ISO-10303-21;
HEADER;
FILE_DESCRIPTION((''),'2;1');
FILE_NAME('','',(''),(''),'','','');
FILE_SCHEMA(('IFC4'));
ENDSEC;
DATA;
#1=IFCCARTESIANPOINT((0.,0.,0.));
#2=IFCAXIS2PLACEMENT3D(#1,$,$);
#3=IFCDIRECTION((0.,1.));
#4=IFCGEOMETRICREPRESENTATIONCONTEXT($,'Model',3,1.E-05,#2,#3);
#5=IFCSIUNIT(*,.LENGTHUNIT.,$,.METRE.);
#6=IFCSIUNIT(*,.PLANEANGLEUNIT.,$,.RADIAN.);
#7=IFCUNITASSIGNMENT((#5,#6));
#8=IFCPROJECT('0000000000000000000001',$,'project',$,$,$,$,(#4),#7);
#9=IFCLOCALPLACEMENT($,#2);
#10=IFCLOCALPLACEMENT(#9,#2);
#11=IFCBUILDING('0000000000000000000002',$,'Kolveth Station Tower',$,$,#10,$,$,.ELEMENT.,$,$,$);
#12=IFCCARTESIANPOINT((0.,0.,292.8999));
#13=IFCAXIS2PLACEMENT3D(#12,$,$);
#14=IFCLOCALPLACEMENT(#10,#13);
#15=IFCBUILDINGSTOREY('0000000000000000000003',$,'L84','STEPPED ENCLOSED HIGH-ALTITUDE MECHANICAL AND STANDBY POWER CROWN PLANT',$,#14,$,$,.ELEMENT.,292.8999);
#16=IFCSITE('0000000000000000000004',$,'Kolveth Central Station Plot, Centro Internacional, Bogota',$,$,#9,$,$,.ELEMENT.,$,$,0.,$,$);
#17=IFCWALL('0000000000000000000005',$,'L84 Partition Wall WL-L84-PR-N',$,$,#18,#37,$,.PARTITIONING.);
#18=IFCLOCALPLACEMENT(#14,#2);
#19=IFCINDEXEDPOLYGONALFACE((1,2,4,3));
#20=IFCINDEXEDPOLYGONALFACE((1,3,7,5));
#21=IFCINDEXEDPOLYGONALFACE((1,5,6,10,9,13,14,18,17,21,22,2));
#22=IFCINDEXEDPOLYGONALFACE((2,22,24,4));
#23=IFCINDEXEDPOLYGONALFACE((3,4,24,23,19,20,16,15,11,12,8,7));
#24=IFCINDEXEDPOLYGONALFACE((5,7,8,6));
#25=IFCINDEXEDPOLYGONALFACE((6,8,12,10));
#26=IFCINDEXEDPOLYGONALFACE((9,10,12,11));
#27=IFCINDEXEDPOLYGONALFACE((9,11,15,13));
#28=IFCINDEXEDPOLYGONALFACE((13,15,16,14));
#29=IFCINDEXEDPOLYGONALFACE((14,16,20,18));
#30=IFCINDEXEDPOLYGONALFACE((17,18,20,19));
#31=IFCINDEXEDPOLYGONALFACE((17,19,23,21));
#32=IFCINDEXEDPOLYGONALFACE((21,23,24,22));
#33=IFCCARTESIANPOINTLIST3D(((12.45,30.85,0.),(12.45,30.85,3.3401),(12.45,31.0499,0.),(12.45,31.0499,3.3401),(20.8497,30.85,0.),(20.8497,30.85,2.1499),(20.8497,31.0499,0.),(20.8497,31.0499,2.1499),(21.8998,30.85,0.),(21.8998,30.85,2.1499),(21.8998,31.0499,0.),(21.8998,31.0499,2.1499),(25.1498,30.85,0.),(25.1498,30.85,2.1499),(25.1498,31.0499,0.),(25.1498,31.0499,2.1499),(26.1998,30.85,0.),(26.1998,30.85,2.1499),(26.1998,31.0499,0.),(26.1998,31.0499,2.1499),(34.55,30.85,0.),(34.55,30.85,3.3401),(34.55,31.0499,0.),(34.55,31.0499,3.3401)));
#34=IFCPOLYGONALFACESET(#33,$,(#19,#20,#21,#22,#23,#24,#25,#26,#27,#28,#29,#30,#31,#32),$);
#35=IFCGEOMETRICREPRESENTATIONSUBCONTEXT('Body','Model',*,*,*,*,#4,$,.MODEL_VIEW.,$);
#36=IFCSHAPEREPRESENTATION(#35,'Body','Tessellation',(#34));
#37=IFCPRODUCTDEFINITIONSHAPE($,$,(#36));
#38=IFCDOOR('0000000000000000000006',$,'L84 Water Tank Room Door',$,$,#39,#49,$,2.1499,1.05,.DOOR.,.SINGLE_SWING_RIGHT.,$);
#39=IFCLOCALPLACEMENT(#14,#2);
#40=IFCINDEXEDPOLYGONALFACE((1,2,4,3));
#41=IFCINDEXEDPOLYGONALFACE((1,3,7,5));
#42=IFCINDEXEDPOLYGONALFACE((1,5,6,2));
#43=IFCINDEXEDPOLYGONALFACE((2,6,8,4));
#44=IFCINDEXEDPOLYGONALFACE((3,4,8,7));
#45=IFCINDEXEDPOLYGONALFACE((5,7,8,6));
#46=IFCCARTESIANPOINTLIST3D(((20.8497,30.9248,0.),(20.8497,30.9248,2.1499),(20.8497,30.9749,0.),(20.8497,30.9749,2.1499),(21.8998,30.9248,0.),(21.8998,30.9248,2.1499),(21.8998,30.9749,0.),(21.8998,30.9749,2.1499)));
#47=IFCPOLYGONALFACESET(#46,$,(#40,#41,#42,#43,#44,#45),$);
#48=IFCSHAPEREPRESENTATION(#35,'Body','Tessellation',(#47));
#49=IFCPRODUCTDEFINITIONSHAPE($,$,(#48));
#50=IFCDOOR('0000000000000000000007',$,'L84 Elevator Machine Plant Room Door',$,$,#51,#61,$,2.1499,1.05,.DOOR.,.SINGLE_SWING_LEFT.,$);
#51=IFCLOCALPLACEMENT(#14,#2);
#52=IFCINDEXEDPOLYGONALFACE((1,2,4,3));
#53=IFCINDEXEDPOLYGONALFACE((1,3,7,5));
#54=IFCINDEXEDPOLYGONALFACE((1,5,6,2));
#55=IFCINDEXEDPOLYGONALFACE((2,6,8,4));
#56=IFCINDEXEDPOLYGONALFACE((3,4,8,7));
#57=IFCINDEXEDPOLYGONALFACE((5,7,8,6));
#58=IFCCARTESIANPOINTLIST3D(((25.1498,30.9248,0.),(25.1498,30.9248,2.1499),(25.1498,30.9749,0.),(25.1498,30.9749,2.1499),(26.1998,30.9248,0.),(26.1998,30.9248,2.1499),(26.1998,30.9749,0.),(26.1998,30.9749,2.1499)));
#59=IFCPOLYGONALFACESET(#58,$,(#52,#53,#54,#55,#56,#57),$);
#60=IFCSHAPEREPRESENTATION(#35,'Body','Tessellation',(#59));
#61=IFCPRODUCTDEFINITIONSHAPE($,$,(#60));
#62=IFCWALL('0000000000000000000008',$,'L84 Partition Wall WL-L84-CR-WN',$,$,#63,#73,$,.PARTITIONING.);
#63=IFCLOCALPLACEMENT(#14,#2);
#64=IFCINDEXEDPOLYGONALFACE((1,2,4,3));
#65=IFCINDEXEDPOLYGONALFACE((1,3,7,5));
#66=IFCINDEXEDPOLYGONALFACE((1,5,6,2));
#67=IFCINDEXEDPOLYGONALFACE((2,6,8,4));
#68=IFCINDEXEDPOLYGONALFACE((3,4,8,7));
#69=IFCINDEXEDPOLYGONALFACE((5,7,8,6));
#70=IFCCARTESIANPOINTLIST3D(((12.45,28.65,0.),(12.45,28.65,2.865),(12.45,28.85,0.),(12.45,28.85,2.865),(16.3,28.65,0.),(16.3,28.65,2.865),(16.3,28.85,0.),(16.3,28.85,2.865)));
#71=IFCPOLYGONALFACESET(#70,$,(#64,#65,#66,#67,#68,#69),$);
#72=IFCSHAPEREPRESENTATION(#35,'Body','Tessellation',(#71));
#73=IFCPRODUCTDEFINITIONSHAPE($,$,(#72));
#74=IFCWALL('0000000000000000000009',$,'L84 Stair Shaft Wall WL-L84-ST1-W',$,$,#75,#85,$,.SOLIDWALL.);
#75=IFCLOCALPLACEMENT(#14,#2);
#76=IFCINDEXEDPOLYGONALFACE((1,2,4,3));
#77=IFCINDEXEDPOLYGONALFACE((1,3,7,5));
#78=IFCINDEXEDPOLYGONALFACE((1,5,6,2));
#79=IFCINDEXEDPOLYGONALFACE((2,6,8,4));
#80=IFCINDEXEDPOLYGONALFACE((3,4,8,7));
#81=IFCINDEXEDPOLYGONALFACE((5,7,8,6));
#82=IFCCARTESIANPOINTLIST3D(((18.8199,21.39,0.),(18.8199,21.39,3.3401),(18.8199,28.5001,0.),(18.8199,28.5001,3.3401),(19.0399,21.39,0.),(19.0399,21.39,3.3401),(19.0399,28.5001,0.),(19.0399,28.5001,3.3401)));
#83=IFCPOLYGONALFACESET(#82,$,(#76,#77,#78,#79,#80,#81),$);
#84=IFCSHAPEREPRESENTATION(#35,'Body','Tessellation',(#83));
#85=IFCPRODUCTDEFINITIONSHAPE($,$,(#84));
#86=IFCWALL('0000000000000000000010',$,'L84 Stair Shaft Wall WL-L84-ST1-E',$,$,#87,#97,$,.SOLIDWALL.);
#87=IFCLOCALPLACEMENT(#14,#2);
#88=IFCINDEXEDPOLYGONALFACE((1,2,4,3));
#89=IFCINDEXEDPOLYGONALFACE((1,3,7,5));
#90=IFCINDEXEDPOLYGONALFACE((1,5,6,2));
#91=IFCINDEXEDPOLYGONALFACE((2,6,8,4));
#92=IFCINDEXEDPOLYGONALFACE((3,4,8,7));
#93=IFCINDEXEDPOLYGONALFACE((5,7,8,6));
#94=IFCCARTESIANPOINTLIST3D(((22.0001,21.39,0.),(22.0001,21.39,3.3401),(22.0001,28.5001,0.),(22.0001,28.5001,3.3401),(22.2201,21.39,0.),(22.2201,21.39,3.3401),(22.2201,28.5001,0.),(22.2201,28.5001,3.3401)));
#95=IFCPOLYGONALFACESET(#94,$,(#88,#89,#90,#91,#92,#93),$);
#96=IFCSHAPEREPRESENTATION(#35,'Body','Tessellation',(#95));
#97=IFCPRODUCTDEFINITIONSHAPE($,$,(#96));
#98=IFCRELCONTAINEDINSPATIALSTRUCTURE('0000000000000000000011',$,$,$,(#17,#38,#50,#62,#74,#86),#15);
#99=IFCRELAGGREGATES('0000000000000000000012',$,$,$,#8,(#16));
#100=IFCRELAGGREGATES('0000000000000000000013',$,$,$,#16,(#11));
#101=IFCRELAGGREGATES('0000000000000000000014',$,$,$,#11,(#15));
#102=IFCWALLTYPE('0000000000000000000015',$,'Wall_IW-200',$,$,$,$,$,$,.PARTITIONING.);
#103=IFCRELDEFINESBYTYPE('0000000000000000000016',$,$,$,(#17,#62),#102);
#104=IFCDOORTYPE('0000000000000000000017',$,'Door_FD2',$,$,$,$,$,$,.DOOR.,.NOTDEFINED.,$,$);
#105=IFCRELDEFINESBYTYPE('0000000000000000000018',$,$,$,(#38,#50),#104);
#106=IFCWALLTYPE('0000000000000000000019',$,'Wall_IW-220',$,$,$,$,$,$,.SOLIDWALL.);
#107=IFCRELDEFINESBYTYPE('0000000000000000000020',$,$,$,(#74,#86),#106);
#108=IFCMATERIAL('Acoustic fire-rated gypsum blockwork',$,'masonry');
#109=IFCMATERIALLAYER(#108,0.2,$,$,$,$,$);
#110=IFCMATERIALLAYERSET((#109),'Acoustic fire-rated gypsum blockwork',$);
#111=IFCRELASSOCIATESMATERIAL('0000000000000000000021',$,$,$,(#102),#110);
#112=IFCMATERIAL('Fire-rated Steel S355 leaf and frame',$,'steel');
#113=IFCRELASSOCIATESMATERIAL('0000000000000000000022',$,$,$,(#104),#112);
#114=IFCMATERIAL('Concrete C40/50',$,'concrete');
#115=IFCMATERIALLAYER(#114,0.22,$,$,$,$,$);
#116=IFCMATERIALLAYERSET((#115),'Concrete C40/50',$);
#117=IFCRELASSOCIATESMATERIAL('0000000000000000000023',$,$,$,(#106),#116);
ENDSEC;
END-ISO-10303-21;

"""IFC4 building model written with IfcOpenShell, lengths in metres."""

from ifc_helpers import new_model, si_unit, direction, frame, frame_2d, origin, place, context, subcontext, project, spatial, rectangle, extrude, material, layer, layer_set, type_object, element, fill, save


model = new_model("IFC4")

# Units and contexts
model_context = context("Model", 3, precision=1e-05, world=origin(), true_north=direction((0.0, 1.0)))
body_context = subcontext(model_context, "Body", "Model", "MODEL_VIEW")
ifc_project = project(units=[si_unit("LENGTHUNIT", "METRE"), si_unit("PLANEANGLEUNIT", "RADIAN")], contexts=[model_context])

# Site, building, storey
site_placement = place(None, origin())
site = spatial("IfcSite", under=ifc_project, at=site_placement, Name="Kolveth Central Station Plot, Centro Internacional, Bogota", CompositionType="ELEMENT", RefElevation=0.0)
building_placement = place(site_placement, origin())
building = spatial("IfcBuilding", under=site, at=building_placement, Name="Kolveth Station Tower", CompositionType="ELEMENT")
storey_placement = place(building_placement, frame((0.0, 0.0, 292.8999)))
storey = spatial("IfcBuildingStorey", under=building, at=storey_placement, Name="L84", Description="STEPPED ENCLOSED HIGH-ALTITUDE MECHANICAL AND STANDBY POWER CROWN PLANT", CompositionType="ELEMENT", Elevation=292.8999)

# Wall, openings, doors
ifc_material_1 = material(Name="Acoustic fire-rated gypsum blockwork", Category="masonry")
ifc_layer_1 = layer(ifc_material_1, 0.2)
ifc_layer_set_1 = layer_set([ifc_layer_1], Name="Acoustic fire-rated gypsum blockwork")
wall_type_1 = type_object("IfcWallType", Name="Wall_IW-200", PredefinedType="PARTITIONING", material=ifc_layer_set_1)
wall_1_placement = place(storey_placement, frame((12.45, 30.95, 0.0), z_axis=(0.0, 0.0, 1.0), x_axis=(1.0, 0.0, 0.0)))
wall_1 = element("IfcWall", 1, at=wall_1_placement, inside=storey, type_object=wall_type_1, Name="L84 Partition Wall WL-L84-PR-N", PredefinedType="PARTITIONING", context=body_context, shape_type="SweptSolid", body=[
    extrude(rectangle(XDim=22.1001, YDim=0.2, at=frame_2d((11.05, 0.0))), origin(), (0.0, 0.0, 1.0), 3.3401),
])
opening_1_placement = place(wall_1_placement, frame((8.3999, 0.0, 0.0)))
opening_1 = element("IfcOpeningElement", 2, at=opening_1_placement, cuts=wall_1, PredefinedType="OPENING", context=body_context, shape_type="SweptSolid", body=[
    extrude(rectangle(XDim=1.05, YDim=2.1499, at=frame_2d((0.5249, 1.075))), frame((0.0, 0.1099, 0.0), z_axis=(0.0, -1.0, 0.0), x_axis=(1.0, 0.0, 0.0)), (0.0, 0.0, 1.0), 0.22),
])
opening_2_placement = place(wall_1_placement, frame((12.7, 0.0, 0.0)))
opening_2 = element("IfcOpeningElement", 3, at=opening_2_placement, cuts=wall_1, PredefinedType="OPENING", context=body_context, shape_type="SweptSolid", body=[
    extrude(rectangle(XDim=1.05, YDim=2.1499, at=frame_2d((0.5249, 1.075))), frame((0.0, 0.1099, 0.0), z_axis=(0.0, -1.0, 0.0), x_axis=(1.0, 0.0, 0.0)), (0.0, 0.0, 1.0), 0.22),
])
ifc_material_2 = material(Name="Fire-rated Steel S355 leaf and frame", Category="steel")
door_type_1 = type_object("IfcDoorType", Name="Door_FD2", OperationType="NOTDEFINED", PredefinedType="DOOR", material=ifc_material_2)
door_1_placement = place(opening_1_placement, origin())
door_1 = element("IfcDoor", 4, at=door_1_placement, inside=storey, type_object=door_type_1, Name="L84 Water Tank Room Door", OperationType="SINGLE_SWING_RIGHT", OverallHeight=2.1499, OverallWidth=1.05, PredefinedType="DOOR", context=body_context, shape_type="SweptSolid", body=[
    extrude(rectangle(XDim=1.05, YDim=2.1499, at=frame_2d((0.5249, 1.075))), frame((0.0, 0.0249, 0.0), z_axis=(0.0, -1.0, 0.0), x_axis=(1.0, 0.0, 0.0)), (0.0, 0.0, 1.0), 0.05),
])
fill(opening_1, door_1)
door_2_placement = place(opening_2_placement, origin())
door_2 = element("IfcDoor", 5, at=door_2_placement, inside=storey, type_object=door_type_1, Name="L84 Elevator Machine Plant Room Door", OperationType="SINGLE_SWING_LEFT", OverallHeight=2.1499, OverallWidth=1.05, PredefinedType="DOOR", context=body_context, shape_type="SweptSolid", body=[
    extrude(rectangle(XDim=1.05, YDim=2.1499, at=frame_2d((0.5249, 1.075))), frame((0.0, 0.0249, 0.0), z_axis=(0.0, -1.0, 0.0), x_axis=(1.0, 0.0, 0.0)), (0.0, 0.0, 1.0), 0.05),
])
fill(opening_2, door_2)

# Walls
wall_2_placement = place(storey_placement, frame((12.45, 28.75, 0.0), z_axis=(0.0, 0.0, 1.0), x_axis=(1.0, 0.0, 0.0)))
element("IfcWall", 6, at=wall_2_placement, inside=storey, type_object=wall_type_1, Name="L84 Partition Wall WL-L84-CR-WN", PredefinedType="PARTITIONING", context=body_context, shape_type="SweptSolid", body=[
    extrude(rectangle(XDim=3.8501, YDim=0.2, at=frame_2d((1.925, 0.0))), origin(), (0.0, 0.0, 1.0), 2.865),
])
ifc_material_3 = material(Name="Concrete C40/50", Category="concrete")
ifc_layer_2 = layer(ifc_material_3, 0.22)
ifc_layer_set_2 = layer_set([ifc_layer_2], Name="Concrete C40/50")
wall_type_2 = type_object("IfcWallType", Name="Wall_IW-220", PredefinedType="SOLIDWALL", material=ifc_layer_set_2)
for number, where, z_axis, x_axis, name in (
    (7, (18.9299, 21.3899, 0.0), (0.0, 0.0, 1.0), (0.0, 1.0, 0.0), "L84 Stair Shaft Wall WL-L84-ST1-W"),
    (8, (22.1101, 21.3899, 0.0), (0.0, 0.0, 1.0), (0.0, 1.0, 0.0), "L84 Stair Shaft Wall WL-L84-ST1-E"),
):
    element("IfcWall", number, at=place(storey_placement, frame(where, z_axis=z_axis, x_axis=x_axis)), inside=storey, type_object=wall_type_2, Name=name, PredefinedType="SOLIDWALL", context=body_context, shape_type="SweptSolid", body=[
        extrude(rectangle(XDim=7.1101, YDim=0.22, at=frame_2d((3.5552, 0.0))), origin(), (0.0, 0.0, 1.0), 3.3401),
    ])

save(model, "model.ifc")
